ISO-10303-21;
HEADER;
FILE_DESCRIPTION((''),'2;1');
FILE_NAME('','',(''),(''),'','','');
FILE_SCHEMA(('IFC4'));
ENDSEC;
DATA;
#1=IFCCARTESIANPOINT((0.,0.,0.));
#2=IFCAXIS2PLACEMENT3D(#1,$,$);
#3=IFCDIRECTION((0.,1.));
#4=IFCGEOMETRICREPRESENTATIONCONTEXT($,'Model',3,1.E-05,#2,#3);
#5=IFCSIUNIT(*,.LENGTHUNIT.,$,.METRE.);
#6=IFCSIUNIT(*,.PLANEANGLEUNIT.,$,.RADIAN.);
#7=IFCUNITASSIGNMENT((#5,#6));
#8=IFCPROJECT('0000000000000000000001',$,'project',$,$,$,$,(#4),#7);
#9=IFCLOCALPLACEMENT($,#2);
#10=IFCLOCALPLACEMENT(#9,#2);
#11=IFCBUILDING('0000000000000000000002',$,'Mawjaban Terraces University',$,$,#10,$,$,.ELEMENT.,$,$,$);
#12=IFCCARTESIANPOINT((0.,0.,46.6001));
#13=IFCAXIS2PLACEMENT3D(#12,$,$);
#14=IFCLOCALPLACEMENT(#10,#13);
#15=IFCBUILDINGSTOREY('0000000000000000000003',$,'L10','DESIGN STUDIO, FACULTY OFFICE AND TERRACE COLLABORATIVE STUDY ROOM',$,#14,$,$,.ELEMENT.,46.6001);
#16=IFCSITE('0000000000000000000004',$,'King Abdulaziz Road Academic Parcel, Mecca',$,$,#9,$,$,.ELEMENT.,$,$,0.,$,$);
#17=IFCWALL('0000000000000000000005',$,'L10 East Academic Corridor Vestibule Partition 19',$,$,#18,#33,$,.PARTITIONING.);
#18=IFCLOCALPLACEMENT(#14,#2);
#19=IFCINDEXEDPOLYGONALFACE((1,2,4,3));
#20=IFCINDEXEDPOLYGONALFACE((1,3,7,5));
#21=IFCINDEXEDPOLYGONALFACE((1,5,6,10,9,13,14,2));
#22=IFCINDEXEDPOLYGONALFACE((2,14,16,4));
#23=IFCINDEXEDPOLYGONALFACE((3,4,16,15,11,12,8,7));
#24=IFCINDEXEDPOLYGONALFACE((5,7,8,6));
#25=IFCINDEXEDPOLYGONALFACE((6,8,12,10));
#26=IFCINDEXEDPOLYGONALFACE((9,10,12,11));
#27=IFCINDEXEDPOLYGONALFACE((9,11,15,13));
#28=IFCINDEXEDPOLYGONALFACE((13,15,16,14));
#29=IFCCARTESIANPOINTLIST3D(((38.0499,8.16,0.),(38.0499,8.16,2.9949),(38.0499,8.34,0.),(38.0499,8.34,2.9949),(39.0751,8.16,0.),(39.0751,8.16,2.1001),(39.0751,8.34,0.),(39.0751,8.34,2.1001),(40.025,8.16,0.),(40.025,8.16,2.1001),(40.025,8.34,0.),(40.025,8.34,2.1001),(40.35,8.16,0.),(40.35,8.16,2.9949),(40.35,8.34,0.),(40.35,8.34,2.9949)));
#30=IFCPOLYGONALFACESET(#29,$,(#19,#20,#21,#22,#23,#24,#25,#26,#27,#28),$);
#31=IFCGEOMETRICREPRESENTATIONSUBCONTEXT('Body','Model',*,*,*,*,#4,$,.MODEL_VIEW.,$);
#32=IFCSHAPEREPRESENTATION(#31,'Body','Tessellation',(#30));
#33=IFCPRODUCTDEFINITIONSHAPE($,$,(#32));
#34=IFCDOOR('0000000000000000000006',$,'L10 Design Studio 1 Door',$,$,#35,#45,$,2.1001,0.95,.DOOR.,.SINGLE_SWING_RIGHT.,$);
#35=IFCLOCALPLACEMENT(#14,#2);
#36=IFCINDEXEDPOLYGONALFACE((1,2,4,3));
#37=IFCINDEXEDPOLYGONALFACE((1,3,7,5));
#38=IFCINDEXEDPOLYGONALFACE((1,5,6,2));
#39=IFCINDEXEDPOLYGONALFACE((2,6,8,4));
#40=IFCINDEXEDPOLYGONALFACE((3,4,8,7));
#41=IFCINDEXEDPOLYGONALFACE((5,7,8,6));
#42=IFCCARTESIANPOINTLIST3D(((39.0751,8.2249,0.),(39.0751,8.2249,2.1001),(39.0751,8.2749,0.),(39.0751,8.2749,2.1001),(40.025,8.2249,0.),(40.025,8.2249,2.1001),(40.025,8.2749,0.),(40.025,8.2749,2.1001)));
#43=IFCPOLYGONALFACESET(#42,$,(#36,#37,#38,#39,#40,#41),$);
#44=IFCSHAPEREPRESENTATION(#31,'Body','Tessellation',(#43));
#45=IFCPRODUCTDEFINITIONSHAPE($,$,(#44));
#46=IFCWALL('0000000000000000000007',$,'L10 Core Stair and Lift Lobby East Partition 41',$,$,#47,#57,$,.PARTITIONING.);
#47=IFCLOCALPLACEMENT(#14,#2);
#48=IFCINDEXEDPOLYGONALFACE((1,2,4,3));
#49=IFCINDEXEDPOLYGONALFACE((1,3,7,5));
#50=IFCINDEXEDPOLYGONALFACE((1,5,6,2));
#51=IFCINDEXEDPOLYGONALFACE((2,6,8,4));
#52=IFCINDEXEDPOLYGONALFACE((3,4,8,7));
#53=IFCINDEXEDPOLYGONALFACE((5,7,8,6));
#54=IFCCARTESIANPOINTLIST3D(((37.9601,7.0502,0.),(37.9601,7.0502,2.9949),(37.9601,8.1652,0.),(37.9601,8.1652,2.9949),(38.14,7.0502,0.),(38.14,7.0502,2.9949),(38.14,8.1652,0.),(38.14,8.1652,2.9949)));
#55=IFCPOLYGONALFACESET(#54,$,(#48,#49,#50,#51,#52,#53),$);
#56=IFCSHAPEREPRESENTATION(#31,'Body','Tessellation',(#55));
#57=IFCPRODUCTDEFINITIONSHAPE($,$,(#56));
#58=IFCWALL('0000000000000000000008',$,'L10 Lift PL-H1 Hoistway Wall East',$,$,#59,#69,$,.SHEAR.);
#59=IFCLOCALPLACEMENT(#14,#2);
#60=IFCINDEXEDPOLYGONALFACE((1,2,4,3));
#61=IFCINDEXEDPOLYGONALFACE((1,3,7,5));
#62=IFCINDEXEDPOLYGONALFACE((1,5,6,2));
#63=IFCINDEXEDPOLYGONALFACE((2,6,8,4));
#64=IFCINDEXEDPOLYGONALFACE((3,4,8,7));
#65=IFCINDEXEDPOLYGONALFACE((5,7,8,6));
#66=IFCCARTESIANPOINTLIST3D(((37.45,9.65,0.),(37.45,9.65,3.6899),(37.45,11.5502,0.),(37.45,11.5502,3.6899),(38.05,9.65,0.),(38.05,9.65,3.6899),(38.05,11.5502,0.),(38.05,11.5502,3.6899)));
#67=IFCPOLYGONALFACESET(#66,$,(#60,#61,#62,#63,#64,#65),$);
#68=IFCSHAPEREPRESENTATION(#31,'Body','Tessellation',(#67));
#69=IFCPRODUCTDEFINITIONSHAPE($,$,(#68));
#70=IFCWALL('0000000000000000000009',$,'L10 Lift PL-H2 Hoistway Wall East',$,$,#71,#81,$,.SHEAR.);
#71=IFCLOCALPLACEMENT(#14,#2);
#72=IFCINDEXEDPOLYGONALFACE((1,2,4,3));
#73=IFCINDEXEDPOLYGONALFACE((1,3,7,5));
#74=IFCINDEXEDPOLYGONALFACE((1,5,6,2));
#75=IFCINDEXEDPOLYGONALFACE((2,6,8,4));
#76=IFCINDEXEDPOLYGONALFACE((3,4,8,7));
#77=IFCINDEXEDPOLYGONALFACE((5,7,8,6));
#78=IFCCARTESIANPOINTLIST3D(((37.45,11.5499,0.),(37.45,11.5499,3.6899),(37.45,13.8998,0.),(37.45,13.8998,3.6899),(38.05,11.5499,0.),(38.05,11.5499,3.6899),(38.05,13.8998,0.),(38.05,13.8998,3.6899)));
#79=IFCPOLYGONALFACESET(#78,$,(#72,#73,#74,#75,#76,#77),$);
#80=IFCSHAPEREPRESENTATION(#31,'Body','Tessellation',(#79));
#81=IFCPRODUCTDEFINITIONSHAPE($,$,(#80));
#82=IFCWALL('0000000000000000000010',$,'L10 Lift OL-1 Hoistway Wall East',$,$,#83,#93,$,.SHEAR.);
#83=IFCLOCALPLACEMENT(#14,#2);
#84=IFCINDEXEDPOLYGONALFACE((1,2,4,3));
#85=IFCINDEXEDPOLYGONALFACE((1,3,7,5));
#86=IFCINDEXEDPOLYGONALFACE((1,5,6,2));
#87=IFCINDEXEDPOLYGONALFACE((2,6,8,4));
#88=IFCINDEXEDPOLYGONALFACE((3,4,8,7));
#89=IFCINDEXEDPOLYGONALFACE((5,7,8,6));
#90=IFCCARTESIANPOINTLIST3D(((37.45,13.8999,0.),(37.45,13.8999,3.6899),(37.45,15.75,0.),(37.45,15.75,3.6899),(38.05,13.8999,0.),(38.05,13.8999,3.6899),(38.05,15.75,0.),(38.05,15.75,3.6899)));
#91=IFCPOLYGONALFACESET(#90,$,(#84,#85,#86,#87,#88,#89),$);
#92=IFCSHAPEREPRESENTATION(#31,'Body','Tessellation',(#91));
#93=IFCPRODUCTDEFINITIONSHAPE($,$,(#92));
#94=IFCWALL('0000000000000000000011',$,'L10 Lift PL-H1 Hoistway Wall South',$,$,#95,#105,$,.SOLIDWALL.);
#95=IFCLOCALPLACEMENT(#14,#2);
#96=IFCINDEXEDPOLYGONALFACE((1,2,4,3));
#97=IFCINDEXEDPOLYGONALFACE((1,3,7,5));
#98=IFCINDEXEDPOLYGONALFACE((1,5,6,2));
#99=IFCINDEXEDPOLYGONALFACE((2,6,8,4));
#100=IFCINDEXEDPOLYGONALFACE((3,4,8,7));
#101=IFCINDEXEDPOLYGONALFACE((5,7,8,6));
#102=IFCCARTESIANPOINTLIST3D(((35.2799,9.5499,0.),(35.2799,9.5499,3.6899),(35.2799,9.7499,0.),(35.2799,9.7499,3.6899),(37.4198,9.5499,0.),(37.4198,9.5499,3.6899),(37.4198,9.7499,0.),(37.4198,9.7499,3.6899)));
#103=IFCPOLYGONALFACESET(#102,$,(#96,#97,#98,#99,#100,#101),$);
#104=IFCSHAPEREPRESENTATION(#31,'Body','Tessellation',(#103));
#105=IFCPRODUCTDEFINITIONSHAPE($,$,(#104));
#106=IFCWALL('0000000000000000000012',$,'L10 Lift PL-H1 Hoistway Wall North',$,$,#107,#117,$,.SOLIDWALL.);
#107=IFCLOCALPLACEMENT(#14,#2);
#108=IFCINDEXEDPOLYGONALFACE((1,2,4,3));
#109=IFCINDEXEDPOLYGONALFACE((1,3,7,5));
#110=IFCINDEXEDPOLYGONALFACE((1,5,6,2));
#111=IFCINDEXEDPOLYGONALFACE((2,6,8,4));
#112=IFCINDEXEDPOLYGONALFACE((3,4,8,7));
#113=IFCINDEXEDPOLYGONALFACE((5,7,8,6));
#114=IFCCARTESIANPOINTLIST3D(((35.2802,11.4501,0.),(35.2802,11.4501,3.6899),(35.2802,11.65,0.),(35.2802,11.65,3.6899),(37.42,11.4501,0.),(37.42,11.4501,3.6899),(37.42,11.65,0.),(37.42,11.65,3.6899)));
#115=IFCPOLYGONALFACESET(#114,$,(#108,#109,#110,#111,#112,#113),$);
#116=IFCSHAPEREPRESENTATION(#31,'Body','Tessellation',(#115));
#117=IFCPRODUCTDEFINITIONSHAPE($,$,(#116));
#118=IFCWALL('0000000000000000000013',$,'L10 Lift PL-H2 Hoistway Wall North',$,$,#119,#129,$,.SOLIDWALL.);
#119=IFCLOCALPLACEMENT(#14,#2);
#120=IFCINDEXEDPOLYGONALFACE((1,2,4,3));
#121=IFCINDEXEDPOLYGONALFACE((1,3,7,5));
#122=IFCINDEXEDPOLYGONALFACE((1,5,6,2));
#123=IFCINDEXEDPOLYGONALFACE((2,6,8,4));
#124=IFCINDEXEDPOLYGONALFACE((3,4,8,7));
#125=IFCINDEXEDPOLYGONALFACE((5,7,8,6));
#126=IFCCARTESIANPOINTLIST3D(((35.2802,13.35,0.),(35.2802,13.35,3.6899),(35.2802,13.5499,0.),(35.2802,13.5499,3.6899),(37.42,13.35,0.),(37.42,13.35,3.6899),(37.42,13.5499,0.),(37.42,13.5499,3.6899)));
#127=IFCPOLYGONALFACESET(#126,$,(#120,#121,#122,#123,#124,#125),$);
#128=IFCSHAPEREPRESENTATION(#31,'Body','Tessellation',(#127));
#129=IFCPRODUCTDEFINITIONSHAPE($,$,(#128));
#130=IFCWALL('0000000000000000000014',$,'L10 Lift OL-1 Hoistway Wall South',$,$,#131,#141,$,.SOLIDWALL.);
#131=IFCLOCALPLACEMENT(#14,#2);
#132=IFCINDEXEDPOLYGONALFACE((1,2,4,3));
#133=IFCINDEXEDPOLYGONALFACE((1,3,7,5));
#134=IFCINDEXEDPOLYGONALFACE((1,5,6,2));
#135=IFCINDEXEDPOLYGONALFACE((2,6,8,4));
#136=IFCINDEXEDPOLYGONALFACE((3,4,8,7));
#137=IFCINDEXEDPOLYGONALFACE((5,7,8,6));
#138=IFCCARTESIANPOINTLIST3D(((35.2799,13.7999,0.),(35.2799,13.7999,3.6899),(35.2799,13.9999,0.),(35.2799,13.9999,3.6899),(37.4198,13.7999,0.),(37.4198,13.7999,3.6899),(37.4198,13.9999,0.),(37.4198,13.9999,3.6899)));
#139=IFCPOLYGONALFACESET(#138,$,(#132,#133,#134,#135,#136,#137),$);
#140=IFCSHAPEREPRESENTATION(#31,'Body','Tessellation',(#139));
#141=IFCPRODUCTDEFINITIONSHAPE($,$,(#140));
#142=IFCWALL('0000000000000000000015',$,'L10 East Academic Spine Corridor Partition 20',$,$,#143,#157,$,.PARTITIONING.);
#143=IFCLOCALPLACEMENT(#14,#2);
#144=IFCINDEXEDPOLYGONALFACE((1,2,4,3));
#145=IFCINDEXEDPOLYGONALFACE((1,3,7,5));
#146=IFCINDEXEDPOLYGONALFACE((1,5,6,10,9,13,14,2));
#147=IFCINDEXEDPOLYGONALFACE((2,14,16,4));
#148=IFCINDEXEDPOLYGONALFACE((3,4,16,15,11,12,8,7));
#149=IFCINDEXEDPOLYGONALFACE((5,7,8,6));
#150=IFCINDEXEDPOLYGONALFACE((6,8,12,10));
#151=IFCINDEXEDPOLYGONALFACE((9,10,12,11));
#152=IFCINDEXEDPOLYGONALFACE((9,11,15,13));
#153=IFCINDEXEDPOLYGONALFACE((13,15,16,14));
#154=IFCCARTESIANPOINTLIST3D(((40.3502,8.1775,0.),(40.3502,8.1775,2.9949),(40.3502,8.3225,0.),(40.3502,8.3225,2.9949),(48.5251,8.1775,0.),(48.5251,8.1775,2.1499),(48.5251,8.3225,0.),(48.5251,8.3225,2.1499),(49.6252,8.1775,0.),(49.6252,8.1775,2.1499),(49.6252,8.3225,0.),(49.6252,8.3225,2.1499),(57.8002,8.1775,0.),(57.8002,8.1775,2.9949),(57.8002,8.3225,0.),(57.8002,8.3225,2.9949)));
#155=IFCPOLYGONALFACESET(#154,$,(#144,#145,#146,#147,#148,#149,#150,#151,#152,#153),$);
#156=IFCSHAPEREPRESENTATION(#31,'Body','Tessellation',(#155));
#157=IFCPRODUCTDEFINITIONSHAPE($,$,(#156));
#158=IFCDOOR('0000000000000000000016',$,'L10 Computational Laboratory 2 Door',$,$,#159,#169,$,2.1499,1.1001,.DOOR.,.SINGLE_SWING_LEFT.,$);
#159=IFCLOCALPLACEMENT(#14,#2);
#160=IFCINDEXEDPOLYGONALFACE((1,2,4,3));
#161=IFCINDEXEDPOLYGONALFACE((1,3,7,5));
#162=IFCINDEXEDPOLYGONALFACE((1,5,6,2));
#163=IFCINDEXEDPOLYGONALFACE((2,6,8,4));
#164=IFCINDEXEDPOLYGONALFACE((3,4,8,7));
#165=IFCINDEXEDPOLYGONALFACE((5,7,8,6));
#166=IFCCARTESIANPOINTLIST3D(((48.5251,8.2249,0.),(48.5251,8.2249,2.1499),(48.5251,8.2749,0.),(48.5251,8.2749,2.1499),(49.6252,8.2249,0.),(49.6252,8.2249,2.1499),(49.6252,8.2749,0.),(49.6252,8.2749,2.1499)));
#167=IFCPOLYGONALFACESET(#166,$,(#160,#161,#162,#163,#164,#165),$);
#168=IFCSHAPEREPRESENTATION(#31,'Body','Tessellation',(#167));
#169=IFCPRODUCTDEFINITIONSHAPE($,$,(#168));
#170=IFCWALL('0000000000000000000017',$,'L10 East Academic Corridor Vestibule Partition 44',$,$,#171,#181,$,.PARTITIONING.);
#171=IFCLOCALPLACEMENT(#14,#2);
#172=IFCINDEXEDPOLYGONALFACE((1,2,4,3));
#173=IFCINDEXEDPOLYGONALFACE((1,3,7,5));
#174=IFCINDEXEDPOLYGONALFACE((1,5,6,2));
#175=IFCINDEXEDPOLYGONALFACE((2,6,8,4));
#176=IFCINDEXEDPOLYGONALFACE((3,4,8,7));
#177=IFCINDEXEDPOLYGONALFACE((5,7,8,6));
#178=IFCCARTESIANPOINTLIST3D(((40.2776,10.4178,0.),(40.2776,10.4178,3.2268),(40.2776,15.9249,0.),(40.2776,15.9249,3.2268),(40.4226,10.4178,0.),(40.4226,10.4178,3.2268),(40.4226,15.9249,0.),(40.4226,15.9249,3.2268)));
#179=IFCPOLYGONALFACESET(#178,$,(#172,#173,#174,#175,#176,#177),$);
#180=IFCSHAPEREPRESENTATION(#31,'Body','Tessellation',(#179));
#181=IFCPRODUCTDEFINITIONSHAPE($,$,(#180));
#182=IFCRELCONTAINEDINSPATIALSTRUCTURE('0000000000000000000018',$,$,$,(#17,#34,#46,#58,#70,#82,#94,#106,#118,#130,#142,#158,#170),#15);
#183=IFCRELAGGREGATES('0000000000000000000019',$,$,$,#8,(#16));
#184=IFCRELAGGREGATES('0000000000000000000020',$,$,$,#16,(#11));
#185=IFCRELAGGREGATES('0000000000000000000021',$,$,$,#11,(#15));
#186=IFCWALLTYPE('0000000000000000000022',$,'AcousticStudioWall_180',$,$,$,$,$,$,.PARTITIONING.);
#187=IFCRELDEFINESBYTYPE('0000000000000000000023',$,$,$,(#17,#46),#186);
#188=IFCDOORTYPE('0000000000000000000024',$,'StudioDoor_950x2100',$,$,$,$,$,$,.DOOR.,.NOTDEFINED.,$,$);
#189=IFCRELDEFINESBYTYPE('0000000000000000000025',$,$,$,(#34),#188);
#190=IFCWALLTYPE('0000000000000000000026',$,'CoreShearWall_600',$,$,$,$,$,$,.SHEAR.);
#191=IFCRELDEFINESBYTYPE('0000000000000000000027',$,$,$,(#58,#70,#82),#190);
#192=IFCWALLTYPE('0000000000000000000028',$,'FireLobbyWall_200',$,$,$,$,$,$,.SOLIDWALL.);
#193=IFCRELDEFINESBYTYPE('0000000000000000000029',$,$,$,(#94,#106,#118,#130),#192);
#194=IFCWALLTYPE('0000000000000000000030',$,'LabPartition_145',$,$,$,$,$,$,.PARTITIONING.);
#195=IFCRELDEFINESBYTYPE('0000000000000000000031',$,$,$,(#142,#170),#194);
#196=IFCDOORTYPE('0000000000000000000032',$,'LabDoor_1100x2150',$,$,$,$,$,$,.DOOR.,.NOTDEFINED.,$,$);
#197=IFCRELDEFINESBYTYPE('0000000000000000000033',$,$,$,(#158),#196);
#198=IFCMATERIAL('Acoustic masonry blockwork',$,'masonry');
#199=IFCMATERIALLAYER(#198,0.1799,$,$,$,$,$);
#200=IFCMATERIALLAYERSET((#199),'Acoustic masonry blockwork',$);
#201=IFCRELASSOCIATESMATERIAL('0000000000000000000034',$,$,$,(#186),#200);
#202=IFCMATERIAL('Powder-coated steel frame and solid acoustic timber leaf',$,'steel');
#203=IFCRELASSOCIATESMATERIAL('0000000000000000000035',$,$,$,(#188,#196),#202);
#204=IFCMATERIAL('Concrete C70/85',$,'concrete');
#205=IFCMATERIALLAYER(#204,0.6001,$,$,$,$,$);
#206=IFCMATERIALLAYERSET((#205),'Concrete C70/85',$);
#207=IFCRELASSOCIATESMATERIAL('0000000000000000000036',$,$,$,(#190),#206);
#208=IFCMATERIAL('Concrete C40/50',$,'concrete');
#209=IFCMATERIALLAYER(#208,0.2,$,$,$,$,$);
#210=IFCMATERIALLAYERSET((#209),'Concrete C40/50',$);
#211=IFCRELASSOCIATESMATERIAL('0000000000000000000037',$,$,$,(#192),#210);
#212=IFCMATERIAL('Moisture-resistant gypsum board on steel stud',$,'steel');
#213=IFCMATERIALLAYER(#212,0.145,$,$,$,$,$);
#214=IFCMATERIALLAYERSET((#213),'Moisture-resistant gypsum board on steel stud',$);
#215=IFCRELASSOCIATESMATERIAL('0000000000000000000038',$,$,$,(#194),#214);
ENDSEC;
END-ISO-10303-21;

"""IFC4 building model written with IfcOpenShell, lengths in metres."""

from ifc_helpers import new_model, si_unit, direction, frame, frame_2d, origin, place, context, subcontext, project, spatial, rectangle, extrude, material, layer, layer_set, type_object, element, fill, save


model = new_model("IFC4")

# Units and contexts
model_context = context("Model", 3, precision=1e-05, world=origin(), true_north=direction((0.0, 1.0)))
body_context = subcontext(model_context, "Body", "Model", "MODEL_VIEW")
ifc_project = project(units=[si_unit("LENGTHUNIT", "METRE"), si_unit("PLANEANGLEUNIT", "RADIAN")], contexts=[model_context])

# Site, building, storey
site_placement = place(None, origin())
site = spatial("IfcSite", under=ifc_project, at=site_placement, Name="King Abdulaziz Road Academic Parcel, Mecca", CompositionType="ELEMENT", RefElevation=0.0)
building_placement = place(site_placement, origin())
building = spatial("IfcBuilding", under=site, at=building_placement, Name="Mawjaban Terraces University", CompositionType="ELEMENT")
storey_placement = place(building_placement, frame((0.0, 0.0, 46.6001)))
storey = spatial("IfcBuildingStorey", under=building, at=storey_placement, Name="L10", Description="DESIGN STUDIO, FACULTY OFFICE AND TERRACE COLLABORATIVE STUDY ROOM", CompositionType="ELEMENT", Elevation=46.6001)

# Shared definitions
ifc_material_1 = material(Name="Concrete C70/85", Category="concrete")

# Wall, opening, door
ifc_material_2 = material(Name="Acoustic masonry blockwork", Category="masonry")
ifc_layer_1 = layer(ifc_material_2, 0.1799)
ifc_layer_set_1 = layer_set([ifc_layer_1], Name="Acoustic masonry blockwork")
wall_type_1 = type_object("IfcWallType", Name="AcousticStudioWall_180", PredefinedType="PARTITIONING", material=ifc_layer_set_1)
wall_1_placement = place(storey_placement, frame((38.05, 8.25, 0.0), z_axis=(0.0, 0.0, 1.0), x_axis=(1.0, 0.0, 0.0)))
wall_1 = element("IfcWall", 1, at=wall_1_placement, inside=storey, type_object=wall_type_1, Name="L10 East Academic Corridor Vestibule Partition 19", PredefinedType="PARTITIONING", context=body_context, shape_type="SweptSolid", body=[
    extrude(rectangle(XDim=2.3, YDim=0.1799, at=frame_2d((1.1499, 0.0))), origin(), (0.0, 0.0, 1.0), 2.9949),
])
opening_1_placement = place(wall_1_placement, frame((1.0249, 0.0, 0.0)))
opening_1 = element("IfcOpeningElement", 2, at=opening_1_placement, cuts=wall_1, PredefinedType="OPENING", context=body_context, shape_type="SweptSolid", body=[
    extrude(rectangle(XDim=0.95, YDim=2.1001, at=frame_2d((0.4751, 1.05))), frame((0.0, 0.0999, 0.0), z_axis=(0.0, -1.0, 0.0), x_axis=(1.0, 0.0, 0.0)), (0.0, 0.0, 1.0), 0.2),
])
ifc_material_3 = material(Name="Powder-coated steel frame and solid acoustic timber leaf", Category="steel")
door_type_1 = type_object("IfcDoorType", Name="StudioDoor_950x2100", OperationType="NOTDEFINED", PredefinedType="DOOR", material=ifc_material_3)
door_1_placement = place(opening_1_placement, origin())
door_1 = element("IfcDoor", 3, at=door_1_placement, inside=storey, type_object=door_type_1, Name="L10 Design Studio 1 Door", OperationType="SINGLE_SWING_RIGHT", OverallHeight=2.1001, OverallWidth=0.95, PredefinedType="DOOR", context=body_context, shape_type="SweptSolid", body=[
    extrude(rectangle(XDim=0.95, YDim=2.1001, at=frame_2d((0.4751, 1.05))), frame((0.0, 0.0249, 0.0), z_axis=(0.0, -1.0, 0.0), x_axis=(1.0, 0.0, 0.0)), (0.0, 0.0, 1.0), 0.05),
])
fill(opening_1, door_1)

# Walls
wall_2_placement = place(storey_placement, frame((38.05, 7.05, 0.0), z_axis=(0.0, 0.0, 1.0), x_axis=(0.0, 1.0, 0.0)))
element("IfcWall", 4, at=wall_2_placement, inside=storey, type_object=wall_type_1, Name="L10 Core Stair and Lift Lobby East Partition 41", PredefinedType="PARTITIONING", context=body_context, shape_type="SweptSolid", body=[
    extrude(rectangle(XDim=1.115, YDim=0.1799, at=frame_2d((0.5576, 0.0))), origin(), (0.0, 0.0, 1.0), 2.9949),
])
ifc_layer_2 = layer(ifc_material_1, 0.6001)
ifc_layer_set_2 = layer_set([ifc_layer_2], Name="Concrete C70/85")
wall_type_2 = type_object("IfcWallType", Name="CoreShearWall_600", PredefinedType="SHEAR", material=ifc_layer_set_2)
wall_3_placement = place(storey_placement, frame((37.75, 9.6499, 0.0), z_axis=(0.0, 0.0, 1.0), x_axis=(0.0, 1.0, 0.0)))
element("IfcWall", 5, at=wall_3_placement, inside=storey, type_object=wall_type_2, Name="L10 Lift PL-H1 Hoistway Wall East", PredefinedType="SHEAR", context=body_context, shape_type="SweptSolid", body=[
    extrude(rectangle(XDim=1.9001, YDim=0.6001, at=frame_2d((0.9502, 0.0))), origin(), (0.0, 0.0, 1.0), 3.6899),
])
wall_4_placement = place(storey_placement, frame((37.75, 11.55, 0.0), z_axis=(0.0, 0.0, 1.0), x_axis=(0.0, 1.0, 0.0)))
element("IfcWall", 6, at=wall_4_placement, inside=storey, type_object=wall_type_2, Name="L10 Lift PL-H2 Hoistway Wall East", PredefinedType="SHEAR", context=body_context, shape_type="SweptSolid", body=[
    extrude(rectangle(XDim=2.3499, YDim=0.6001, at=frame_2d((1.1748, 0.0))), origin(), (0.0, 0.0, 1.0), 3.6899),
])
wall_5_placement = place(storey_placement, frame((37.75, 13.8999, 0.0), z_axis=(0.0, 0.0, 1.0), x_axis=(0.0, 1.0, 0.0)))
element("IfcWall", 7, at=wall_5_placement, inside=storey, type_object=wall_type_2, Name="L10 Lift OL-1 Hoistway Wall East", PredefinedType="SHEAR", context=body_context, shape_type="SweptSolid", body=[
    extrude(rectangle(XDim=1.8501, YDim=0.6001, at=frame_2d((0.925, 0.0))), origin(), (0.0, 0.0, 1.0), 3.6899),
])
ifc_material_4 = material(Name="Concrete C40/50", Category="concrete")
ifc_layer_3 = layer(ifc_material_4, 0.2)
ifc_layer_set_3 = layer_set([ifc_layer_3], Name="Concrete C40/50")
wall_type_3 = type_object("IfcWallType", Name="FireLobbyWall_200", PredefinedType="SOLIDWALL", material=ifc_layer_set_3)
for number, where, z_axis, x_axis, name in (
    (8, (35.28, 9.6499, 0.0), (0.0, 0.0, 1.0), (1.0, 0.0, 0.0), "L10 Lift PL-H1 Hoistway Wall South"),
    (9, (37.4199, 11.55, 0.0), (0.0, 0.0, 1.0), (-1.0, 0.0, 0.0), "L10 Lift PL-H1 Hoistway Wall North"),
    (10, (37.4199, 13.45, 0.0), (0.0, 0.0, 1.0), (-1.0, 0.0, 0.0), "L10 Lift PL-H2 Hoistway Wall North"),
    (11, (35.28, 13.8999, 0.0), (0.0, 0.0, 1.0), (1.0, 0.0, 0.0), "L10 Lift OL-1 Hoistway Wall South"),
):
    element("IfcWall", number, at=place(storey_placement, frame(where, z_axis=z_axis, x_axis=x_axis)), inside=storey, type_object=wall_type_3, Name=name, PredefinedType="SOLIDWALL", context=body_context, shape_type="SweptSolid", body=[
        extrude(rectangle(XDim=2.1399, YDim=0.2, at=frame_2d((1.0698, 0.0))), origin(), (0.0, 0.0, 1.0), 3.6899),
    ])

# Wall, opening, door
ifc_material_5 = material(Name="Moisture-resistant gypsum board on steel stud", Category="steel")
ifc_layer_4 = layer(ifc_material_5, 0.145)
ifc_layer_set_4 = layer_set([ifc_layer_4], Name="Moisture-resistant gypsum board on steel stud")
wall_type_4 = type_object("IfcWallType", Name="LabPartition_145", PredefinedType="PARTITIONING", material=ifc_layer_set_4)
wall_6_placement = place(storey_placement, frame((40.3501, 8.25, 0.0), z_axis=(0.0, 0.0, 1.0), x_axis=(1.0, 0.0, 0.0)))
wall_6 = element("IfcWall", 12, at=wall_6_placement, inside=storey, type_object=wall_type_4, Name="L10 East Academic Spine Corridor Partition 20", PredefinedType="PARTITIONING", context=body_context, shape_type="SweptSolid", body=[
    extrude(rectangle(XDim=17.45, YDim=0.145, at=frame_2d((8.7251, 0.0))), origin(), (0.0, 0.0, 1.0), 2.9949),
])
opening_2_placement = place(wall_6_placement, frame((8.175, 0.0, 0.0)))
opening_2 = element("IfcOpeningElement", 13, at=opening_2_placement, cuts=wall_6, PredefinedType="OPENING", context=body_context, shape_type="SweptSolid", body=[
    extrude(rectangle(XDim=1.1001, YDim=2.1499, at=frame_2d((0.55, 1.075))), frame((0.0, 0.0825, 0.0), z_axis=(0.0, -1.0, 0.0), x_axis=(1.0, 0.0, 0.0)), (0.0, 0.0, 1.0), 0.165),
])
door_type_2 = type_object("IfcDoorType", Name="LabDoor_1100x2150", OperationType="NOTDEFINED", PredefinedType="DOOR", material=ifc_material_3)
door_2_placement = place(opening_2_placement, origin())
door_2 = element("IfcDoor", 14, at=door_2_placement, inside=storey, type_object=door_type_2, Name="L10 Computational Laboratory 2 Door", OperationType="SINGLE_SWING_LEFT", OverallHeight=2.1499, OverallWidth=1.1001, PredefinedType="DOOR", context=body_context, shape_type="SweptSolid", body=[
    extrude(rectangle(XDim=1.1001, YDim=2.1499, at=frame_2d((0.55, 1.075))), frame((0.0, 0.0249, 0.0), z_axis=(0.0, -1.0, 0.0), x_axis=(1.0, 0.0, 0.0)), (0.0, 0.0, 1.0), 0.05),
])
fill(opening_2, door_2)

# Wall
wall_7_placement = place(storey_placement, frame((40.3501, 10.418, 0.0), z_axis=(0.0, 0.0, 1.0), x_axis=(0.0, 1.0, 0.0)))
element("IfcWall", 15, at=wall_7_placement, inside=storey, type_object=wall_type_4, Name="L10 East Academic Corridor Vestibule Partition 44", PredefinedType="PARTITIONING", context=body_context, shape_type="SweptSolid", body=[
    extrude(rectangle(XDim=5.5071, YDim=0.145, at=frame_2d((2.7534, 0.0))), origin(), (0.0, 0.0, 1.0), 3.2268),
])

save(model, "model.ifc")
